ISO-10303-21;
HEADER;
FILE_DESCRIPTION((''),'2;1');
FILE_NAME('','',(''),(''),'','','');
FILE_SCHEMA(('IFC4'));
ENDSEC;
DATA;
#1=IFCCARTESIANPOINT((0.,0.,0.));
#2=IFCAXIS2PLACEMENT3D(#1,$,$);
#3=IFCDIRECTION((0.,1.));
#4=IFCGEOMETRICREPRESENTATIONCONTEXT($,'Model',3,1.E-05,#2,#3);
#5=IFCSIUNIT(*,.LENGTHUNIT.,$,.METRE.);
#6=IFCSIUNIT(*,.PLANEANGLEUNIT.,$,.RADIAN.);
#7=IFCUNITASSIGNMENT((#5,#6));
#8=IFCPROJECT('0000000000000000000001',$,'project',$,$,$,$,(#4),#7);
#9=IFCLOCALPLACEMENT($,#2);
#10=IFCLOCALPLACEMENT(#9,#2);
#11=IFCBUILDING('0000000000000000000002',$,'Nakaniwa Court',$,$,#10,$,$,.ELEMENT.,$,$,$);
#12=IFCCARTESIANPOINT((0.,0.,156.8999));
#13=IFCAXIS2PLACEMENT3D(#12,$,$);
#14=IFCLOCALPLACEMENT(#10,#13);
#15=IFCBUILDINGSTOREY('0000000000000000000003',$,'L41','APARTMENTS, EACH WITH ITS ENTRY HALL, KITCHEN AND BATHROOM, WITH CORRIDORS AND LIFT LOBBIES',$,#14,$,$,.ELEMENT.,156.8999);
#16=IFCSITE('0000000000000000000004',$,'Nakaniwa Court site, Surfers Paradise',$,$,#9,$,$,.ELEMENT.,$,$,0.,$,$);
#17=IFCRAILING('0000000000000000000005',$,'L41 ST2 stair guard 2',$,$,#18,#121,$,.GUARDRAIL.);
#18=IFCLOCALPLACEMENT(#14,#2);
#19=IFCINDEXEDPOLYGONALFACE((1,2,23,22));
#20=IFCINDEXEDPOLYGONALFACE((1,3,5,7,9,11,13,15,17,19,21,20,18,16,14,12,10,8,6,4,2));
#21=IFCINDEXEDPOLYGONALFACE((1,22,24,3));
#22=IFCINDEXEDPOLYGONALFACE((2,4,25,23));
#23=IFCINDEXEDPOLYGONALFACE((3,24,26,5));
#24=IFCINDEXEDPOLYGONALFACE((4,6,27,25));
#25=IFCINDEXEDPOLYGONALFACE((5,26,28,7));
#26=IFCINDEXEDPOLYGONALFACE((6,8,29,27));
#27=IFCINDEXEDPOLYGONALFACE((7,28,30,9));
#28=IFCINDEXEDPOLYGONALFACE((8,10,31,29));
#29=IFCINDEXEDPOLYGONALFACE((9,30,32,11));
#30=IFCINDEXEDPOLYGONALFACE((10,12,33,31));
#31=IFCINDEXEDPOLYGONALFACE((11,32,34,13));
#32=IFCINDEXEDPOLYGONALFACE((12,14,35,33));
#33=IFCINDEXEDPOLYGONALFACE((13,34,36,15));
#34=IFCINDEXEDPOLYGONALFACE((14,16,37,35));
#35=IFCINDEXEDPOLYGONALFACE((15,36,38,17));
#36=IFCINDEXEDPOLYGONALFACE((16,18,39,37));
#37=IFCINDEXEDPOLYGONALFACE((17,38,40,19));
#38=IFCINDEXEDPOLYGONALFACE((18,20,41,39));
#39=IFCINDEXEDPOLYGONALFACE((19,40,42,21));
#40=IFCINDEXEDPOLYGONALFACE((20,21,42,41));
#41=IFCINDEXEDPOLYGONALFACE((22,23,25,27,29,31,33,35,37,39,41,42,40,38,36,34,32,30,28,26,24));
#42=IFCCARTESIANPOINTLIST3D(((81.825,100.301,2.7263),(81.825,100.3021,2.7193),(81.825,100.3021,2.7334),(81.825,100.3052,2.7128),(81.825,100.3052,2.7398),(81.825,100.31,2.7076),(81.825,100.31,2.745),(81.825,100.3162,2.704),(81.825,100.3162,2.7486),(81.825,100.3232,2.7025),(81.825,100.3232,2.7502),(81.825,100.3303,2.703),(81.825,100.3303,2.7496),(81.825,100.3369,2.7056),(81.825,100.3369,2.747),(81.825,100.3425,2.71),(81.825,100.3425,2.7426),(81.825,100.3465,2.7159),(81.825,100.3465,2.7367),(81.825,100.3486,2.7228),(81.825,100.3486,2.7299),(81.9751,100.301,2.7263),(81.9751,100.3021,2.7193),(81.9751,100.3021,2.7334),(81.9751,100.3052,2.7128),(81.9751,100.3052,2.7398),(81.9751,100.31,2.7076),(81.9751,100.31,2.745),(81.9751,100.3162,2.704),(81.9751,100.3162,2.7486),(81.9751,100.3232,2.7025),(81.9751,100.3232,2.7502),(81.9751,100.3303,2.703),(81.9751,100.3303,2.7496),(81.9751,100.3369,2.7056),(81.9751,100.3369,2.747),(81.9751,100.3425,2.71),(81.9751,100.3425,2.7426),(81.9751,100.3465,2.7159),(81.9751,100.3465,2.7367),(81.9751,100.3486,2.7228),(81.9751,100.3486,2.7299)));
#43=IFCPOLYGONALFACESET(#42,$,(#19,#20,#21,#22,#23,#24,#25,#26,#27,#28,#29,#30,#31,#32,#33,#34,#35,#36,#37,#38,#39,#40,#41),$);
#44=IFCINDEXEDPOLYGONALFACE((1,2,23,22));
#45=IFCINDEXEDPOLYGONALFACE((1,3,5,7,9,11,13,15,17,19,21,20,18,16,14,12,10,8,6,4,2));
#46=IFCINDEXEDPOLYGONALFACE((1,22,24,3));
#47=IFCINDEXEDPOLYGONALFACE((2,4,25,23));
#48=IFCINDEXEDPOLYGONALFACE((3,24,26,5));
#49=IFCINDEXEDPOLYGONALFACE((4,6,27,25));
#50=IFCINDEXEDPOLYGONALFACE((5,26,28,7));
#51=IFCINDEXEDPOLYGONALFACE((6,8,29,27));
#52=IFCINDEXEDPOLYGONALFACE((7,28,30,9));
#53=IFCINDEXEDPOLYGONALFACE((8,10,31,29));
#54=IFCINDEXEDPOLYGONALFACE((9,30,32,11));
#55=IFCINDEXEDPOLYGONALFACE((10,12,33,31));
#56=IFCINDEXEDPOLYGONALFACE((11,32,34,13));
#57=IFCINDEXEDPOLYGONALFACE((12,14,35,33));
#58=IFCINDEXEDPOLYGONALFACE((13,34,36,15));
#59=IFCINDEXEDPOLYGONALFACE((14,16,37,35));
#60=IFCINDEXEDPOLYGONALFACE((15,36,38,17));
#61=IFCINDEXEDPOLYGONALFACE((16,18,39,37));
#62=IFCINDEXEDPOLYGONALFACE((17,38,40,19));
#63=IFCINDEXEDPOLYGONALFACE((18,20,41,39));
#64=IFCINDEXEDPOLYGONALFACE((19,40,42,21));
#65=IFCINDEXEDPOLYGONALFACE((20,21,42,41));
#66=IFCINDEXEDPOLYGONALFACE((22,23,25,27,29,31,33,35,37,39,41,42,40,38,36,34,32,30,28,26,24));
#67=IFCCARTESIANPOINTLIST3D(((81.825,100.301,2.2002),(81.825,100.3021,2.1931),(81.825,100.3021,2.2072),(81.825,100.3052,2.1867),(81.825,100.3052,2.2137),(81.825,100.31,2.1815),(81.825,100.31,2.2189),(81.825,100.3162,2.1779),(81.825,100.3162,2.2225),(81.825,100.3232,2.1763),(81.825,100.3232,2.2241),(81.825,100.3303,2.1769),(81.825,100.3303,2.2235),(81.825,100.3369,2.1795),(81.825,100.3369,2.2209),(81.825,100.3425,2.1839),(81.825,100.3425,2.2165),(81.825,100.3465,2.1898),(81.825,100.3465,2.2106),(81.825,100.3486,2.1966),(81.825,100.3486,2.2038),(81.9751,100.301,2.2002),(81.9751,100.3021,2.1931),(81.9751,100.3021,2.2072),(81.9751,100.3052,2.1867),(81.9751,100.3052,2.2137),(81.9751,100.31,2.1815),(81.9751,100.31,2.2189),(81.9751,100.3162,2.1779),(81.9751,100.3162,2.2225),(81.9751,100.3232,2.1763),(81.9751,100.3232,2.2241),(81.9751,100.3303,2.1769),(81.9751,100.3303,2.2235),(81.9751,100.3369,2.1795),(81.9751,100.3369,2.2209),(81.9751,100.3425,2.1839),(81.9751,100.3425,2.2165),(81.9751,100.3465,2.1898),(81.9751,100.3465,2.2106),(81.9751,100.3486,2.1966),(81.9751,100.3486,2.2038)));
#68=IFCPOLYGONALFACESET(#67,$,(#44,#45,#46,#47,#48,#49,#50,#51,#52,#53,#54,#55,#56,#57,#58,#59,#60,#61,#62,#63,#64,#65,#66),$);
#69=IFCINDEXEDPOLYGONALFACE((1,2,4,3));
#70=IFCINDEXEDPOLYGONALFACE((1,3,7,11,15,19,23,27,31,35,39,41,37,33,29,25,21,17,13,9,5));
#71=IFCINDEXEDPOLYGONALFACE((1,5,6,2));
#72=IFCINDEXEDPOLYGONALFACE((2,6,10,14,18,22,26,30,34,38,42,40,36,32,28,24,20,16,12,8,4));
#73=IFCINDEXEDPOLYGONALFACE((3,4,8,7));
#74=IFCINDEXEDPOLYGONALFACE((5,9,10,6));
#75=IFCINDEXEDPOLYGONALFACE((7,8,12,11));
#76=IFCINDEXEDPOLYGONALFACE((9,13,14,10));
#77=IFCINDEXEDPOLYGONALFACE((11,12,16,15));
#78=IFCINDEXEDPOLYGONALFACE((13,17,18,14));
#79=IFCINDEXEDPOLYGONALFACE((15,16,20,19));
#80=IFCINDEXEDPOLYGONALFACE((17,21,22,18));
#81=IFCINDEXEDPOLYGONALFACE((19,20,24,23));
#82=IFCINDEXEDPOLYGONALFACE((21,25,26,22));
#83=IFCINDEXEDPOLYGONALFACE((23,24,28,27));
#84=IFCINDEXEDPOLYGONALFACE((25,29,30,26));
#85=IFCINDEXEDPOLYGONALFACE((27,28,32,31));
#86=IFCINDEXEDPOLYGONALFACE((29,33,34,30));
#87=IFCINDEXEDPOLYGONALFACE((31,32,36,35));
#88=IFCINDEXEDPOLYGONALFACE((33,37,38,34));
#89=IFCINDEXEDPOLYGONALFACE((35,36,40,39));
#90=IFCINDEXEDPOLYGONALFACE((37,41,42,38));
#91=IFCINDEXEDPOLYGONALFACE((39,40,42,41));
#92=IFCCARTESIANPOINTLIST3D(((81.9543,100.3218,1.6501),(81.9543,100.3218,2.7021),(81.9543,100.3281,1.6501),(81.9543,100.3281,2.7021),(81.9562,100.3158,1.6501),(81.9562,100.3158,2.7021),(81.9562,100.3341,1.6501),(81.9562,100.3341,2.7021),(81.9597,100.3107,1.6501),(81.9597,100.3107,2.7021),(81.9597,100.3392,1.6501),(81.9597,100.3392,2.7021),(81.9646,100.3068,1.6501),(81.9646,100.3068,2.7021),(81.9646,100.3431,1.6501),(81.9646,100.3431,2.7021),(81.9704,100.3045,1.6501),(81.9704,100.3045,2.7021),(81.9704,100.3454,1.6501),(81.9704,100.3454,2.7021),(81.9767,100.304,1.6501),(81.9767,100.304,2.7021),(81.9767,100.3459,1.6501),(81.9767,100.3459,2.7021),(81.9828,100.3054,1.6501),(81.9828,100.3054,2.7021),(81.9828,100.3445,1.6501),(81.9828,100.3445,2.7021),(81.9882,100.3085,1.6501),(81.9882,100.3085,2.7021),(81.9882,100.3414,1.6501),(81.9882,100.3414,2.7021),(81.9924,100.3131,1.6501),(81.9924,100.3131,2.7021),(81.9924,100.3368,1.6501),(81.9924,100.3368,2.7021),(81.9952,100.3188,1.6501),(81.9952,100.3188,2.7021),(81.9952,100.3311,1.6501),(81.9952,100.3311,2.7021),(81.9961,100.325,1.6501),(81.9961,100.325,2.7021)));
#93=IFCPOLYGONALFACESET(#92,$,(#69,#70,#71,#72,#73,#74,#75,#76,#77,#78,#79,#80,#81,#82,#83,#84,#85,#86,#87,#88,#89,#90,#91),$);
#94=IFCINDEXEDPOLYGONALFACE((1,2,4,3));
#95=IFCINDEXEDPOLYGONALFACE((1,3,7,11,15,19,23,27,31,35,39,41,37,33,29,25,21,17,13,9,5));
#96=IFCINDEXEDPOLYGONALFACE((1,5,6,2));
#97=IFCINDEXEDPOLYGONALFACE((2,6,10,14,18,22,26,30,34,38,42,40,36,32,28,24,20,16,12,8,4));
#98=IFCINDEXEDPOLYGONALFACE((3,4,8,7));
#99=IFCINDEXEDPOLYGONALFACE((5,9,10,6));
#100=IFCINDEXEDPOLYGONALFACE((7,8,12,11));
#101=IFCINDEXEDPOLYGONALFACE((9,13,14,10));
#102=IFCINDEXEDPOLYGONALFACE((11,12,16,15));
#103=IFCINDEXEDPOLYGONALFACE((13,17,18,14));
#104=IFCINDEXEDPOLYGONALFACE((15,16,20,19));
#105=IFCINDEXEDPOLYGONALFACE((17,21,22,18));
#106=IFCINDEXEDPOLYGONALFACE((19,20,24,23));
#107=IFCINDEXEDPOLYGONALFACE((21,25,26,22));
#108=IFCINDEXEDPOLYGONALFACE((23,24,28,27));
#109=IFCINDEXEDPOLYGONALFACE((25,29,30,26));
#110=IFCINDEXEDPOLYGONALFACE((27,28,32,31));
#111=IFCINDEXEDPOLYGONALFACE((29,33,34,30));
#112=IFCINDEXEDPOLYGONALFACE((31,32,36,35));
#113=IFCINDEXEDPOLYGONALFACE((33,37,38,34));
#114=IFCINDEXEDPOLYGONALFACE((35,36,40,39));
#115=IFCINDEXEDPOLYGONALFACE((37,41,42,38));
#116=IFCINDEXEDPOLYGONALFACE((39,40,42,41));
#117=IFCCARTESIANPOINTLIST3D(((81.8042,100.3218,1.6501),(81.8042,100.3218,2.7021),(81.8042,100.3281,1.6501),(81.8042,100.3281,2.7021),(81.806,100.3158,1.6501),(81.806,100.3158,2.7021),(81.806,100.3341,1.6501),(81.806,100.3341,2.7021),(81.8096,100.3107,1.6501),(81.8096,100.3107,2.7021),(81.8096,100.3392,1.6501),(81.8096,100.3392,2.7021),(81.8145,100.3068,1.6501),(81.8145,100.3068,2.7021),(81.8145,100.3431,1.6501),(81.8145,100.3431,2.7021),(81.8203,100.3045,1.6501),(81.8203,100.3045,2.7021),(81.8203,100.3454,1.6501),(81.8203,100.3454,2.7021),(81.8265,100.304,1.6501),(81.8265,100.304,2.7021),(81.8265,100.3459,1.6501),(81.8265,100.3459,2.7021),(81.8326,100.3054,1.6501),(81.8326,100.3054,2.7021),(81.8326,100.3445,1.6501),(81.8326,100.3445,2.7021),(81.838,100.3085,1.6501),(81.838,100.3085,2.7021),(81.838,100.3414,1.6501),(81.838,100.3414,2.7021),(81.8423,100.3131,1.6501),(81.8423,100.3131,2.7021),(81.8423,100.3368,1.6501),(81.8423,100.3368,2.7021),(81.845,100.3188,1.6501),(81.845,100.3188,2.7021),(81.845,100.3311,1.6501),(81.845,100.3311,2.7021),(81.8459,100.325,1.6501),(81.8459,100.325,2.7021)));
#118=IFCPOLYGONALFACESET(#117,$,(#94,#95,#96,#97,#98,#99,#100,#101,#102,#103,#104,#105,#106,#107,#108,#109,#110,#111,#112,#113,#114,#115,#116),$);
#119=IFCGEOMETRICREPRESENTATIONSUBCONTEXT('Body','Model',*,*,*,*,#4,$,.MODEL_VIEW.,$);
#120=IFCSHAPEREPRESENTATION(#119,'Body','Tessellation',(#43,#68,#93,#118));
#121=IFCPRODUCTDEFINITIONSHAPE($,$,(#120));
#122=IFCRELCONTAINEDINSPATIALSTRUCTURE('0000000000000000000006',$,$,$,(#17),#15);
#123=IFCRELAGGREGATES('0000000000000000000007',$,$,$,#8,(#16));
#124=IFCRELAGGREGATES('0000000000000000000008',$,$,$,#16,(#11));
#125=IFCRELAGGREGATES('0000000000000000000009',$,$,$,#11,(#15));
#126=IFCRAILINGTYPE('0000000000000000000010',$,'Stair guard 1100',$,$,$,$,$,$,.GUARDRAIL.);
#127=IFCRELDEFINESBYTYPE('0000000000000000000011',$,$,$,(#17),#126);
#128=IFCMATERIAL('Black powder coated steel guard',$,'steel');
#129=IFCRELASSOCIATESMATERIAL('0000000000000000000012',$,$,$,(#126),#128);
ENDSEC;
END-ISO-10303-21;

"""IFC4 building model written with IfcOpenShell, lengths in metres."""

from ifc_helpers import new_model, si_unit, direction, frame, origin, origin_2d, place, context, subcontext, project, spatial, circle, extrude, material, type_object, element, save


model = new_model("IFC4")

# Units and contexts
model_context = context("Model", 3, precision=1e-05, world=origin(), true_north=direction((0.0, 1.0)))
body_context = subcontext(model_context, "Body", "Model", "MODEL_VIEW")
ifc_project = project(units=[si_unit("LENGTHUNIT", "METRE"), si_unit("PLANEANGLEUNIT", "RADIAN")], contexts=[model_context])

# Site, building, storey
site_placement = place(None, origin())
site = spatial("IfcSite", under=ifc_project, at=site_placement, Name="Nakaniwa Court site, Surfers Paradise", CompositionType="ELEMENT", RefElevation=0.0)
building_placement = place(site_placement, origin())
building = spatial("IfcBuilding", under=site, at=building_placement, Name="Nakaniwa Court", CompositionType="ELEMENT")
storey_placement = place(building_placement, frame((0.0, 0.0, 156.8999)))
storey = spatial("IfcBuildingStorey", under=building, at=storey_placement, Name="L41", Description="APARTMENTS, EACH WITH ITS ENTRY HALL, KITCHEN AND BATHROOM, WITH CORRIDORS AND LIFT LOBBIES", CompositionType="ELEMENT", Elevation=156.8999)

# Railing
ifc_material_1 = material(Name="Black powder coated steel guard", Category="steel")
railing_type_1 = type_object("IfcRailingType", Name="Stair guard 1100", PredefinedType="GUARDRAIL", material=ifc_material_1)
railing_1_placement = place(storey_placement, frame((81.9751, 100.325, 1.6501)))
element("IfcRailing", 1, at=railing_1_placement, inside=storey, type_object=railing_type_1, Name="L41 ST2 stair guard 2", PredefinedType="GUARDRAIL", context=body_context, shape_type="SweptSolid", body=[
    extrude(circle(Radius=0.0239, at=origin_2d()), frame((0.0, 0.0, 1.0762), z_axis=(-1.0, 0.0, 0.0), x_axis=(0.0, -1.0, 0.0)), (0.0, 0.0, 1.0), 0.1501),
    extrude(circle(Radius=0.0239, at=origin_2d()), frame((0.0, 0.0, 0.55), z_axis=(-1.0, 0.0, 0.0), x_axis=(0.0, -1.0, 0.0)), (0.0, 0.0, 1.0), 0.1501),
    extrude(circle(Radius=0.021, at=origin_2d()), origin(), (0.0, 0.0, 1.0), 1.052),
    extrude(circle(Radius=0.021, at=origin_2d()), frame((-0.1501, 0.0, 0.0)), (0.0, 0.0, 1.0), 1.052),
])

save(model, "model.ifc")
